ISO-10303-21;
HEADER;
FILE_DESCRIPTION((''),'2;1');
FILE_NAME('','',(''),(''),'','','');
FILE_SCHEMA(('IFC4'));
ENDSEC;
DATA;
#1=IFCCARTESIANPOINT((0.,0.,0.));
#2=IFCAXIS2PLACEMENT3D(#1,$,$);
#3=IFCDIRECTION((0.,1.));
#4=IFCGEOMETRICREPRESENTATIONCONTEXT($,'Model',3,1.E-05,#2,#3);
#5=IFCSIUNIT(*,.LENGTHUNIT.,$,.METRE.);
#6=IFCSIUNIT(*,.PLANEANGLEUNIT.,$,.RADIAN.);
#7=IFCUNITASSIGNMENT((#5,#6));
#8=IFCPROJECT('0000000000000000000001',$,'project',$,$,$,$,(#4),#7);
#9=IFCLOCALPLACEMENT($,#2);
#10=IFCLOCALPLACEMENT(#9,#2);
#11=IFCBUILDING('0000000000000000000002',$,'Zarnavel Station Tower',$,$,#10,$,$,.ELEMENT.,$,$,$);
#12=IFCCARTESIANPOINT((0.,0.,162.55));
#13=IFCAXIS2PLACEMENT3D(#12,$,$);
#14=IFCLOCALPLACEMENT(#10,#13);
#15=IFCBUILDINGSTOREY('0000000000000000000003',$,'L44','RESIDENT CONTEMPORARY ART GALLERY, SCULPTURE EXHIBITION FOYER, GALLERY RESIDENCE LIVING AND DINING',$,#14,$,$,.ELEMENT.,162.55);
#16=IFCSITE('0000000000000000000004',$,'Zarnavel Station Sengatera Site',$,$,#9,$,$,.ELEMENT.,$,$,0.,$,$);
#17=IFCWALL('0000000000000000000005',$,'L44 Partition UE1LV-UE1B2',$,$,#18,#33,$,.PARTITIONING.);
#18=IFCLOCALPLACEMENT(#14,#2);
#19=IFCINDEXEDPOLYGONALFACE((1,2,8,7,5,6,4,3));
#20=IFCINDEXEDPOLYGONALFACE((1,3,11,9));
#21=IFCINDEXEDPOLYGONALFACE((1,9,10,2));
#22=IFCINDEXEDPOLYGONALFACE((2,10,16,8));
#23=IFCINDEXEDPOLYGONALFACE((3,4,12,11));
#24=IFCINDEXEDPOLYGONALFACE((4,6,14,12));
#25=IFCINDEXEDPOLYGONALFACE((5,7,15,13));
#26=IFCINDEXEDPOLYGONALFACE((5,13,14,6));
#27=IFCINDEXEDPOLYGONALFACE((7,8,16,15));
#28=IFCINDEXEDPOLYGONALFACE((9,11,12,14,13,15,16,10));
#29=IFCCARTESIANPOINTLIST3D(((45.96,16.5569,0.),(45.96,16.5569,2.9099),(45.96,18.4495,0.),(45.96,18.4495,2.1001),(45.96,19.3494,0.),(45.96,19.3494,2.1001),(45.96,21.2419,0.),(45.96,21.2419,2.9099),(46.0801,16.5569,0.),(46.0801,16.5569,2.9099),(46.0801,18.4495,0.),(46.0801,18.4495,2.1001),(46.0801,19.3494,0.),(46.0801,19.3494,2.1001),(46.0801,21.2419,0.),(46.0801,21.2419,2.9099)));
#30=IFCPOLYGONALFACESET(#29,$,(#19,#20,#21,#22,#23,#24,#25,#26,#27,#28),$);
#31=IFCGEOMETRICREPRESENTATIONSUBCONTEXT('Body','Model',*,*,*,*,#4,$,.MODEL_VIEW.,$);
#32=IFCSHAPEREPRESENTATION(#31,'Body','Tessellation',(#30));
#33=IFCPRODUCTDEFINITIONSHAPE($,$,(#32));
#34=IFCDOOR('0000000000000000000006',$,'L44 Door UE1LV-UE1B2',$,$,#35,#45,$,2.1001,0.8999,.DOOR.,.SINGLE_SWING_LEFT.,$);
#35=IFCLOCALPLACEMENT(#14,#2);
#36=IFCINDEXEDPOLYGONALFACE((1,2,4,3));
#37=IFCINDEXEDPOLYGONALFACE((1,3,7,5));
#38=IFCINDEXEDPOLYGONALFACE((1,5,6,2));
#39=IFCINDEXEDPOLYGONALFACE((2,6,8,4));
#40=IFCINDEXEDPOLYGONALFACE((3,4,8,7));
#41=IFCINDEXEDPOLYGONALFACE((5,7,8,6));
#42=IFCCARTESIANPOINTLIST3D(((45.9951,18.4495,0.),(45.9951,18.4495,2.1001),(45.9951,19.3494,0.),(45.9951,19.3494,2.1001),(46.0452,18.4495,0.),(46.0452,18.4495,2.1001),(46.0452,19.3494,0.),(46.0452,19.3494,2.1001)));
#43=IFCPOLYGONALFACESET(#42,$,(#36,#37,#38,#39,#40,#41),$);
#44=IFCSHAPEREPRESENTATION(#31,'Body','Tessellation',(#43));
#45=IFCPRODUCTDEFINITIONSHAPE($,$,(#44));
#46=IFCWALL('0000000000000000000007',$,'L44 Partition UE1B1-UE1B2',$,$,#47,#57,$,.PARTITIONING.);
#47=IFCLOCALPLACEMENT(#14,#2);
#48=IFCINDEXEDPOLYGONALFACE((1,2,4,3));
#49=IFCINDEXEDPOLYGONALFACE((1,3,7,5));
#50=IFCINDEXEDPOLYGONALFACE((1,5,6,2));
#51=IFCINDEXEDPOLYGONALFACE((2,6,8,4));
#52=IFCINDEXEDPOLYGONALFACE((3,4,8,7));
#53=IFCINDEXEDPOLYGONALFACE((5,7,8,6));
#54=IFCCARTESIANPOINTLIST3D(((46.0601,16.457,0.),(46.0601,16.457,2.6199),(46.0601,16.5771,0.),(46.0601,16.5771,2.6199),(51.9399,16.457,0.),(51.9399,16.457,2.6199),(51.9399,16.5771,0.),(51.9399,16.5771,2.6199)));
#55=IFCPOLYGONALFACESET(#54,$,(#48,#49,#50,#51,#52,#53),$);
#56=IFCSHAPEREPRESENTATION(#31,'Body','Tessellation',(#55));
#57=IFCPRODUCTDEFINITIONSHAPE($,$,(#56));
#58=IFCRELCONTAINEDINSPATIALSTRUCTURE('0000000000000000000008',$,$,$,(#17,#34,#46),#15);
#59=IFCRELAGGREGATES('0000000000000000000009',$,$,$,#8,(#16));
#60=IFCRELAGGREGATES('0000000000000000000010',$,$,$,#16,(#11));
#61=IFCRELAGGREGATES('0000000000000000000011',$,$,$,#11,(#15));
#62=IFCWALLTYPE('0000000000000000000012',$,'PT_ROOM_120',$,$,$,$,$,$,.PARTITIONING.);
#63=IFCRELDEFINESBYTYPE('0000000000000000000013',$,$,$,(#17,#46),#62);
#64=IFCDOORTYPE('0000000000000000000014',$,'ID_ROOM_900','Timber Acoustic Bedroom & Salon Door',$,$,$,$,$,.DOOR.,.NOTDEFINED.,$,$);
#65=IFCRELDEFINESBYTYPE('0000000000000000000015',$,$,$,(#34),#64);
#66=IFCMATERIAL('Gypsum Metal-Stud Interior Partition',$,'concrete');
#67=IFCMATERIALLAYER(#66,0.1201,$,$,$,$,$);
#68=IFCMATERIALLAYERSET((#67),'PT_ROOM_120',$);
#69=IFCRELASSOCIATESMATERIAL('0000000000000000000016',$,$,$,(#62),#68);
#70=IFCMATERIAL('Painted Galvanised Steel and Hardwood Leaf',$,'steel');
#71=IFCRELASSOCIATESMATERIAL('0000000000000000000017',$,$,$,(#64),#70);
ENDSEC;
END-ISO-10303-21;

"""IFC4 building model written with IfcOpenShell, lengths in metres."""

from ifc_helpers import new_model, si_unit, direction, frame, frame_2d, origin, place, context, subcontext, project, spatial, rectangle, extrude, material, layer, layer_set, type_object, element, fill, save


model = new_model("IFC4")

# Units and contexts
model_context = context("Model", 3, precision=1e-05, world=origin(), true_north=direction((0.0, 1.0)))
body_context = subcontext(model_context, "Body", "Model", "MODEL_VIEW")
ifc_project = project(units=[si_unit("LENGTHUNIT", "METRE"), si_unit("PLANEANGLEUNIT", "RADIAN")], contexts=[model_context])

# Site, building, storey
site_placement = place(None, origin())
site = spatial("IfcSite", under=ifc_project, at=site_placement, Name="Zarnavel Station Sengatera Site", CompositionType="ELEMENT", RefElevation=0.0)
building_placement = place(site_placement, origin())
building = spatial("IfcBuilding", under=site, at=building_placement, Name="Zarnavel Station Tower", CompositionType="ELEMENT")
storey_placement = place(building_placement, frame((0.0, 0.0, 162.55)))
storey = spatial("IfcBuildingStorey", under=building, at=storey_placement, Name="L44", Description="RESIDENT CONTEMPORARY ART GALLERY, SCULPTURE EXHIBITION FOYER, GALLERY RESIDENCE LIVING AND DINING", CompositionType="ELEMENT", Elevation=162.55)

# Wall, opening, door
ifc_material_1 = material(Name="Gypsum Metal-Stud Interior Partition", Category="concrete")
ifc_layer_1 = layer(ifc_material_1, 0.1201)
ifc_layer_set_1 = layer_set([ifc_layer_1], Name="PT_ROOM_120")
wall_type_1 = type_object("IfcWallType", Name="PT_ROOM_120", PredefinedType="PARTITIONING", material=ifc_layer_set_1)
ifc_material_2 = material(Name="Painted Galvanised Steel and Hardwood Leaf", Category="steel")
door_type = type_object("IfcDoorType", Name="ID_ROOM_900", Description="Timber Acoustic Bedroom & Salon Door", OperationType="NOTDEFINED", PredefinedType="DOOR", material=ifc_material_2)
wall_1_placement = place(storey_placement, frame((46.02, 16.5569, 0.0), z_axis=(0.0, 0.0, 1.0), x_axis=(0.0, 1.0, 0.0)))
wall_1 = element("IfcWall", 1, at=wall_1_placement, inside=storey, type_object=wall_type_1, Name="L44 Partition UE1LV-UE1B2", PredefinedType="PARTITIONING", context=body_context, shape_type="SweptSolid", body=[
    extrude(rectangle(XDim=4.6851, YDim=0.1201, at=frame_2d((2.3425, 0.0))), origin(), (0.0, 0.0, 1.0), 2.9099),
])
opening_1_placement = place(wall_1_placement, frame((1.8926, 0.0, 0.0)))
opening_1 = element("IfcOpeningElement", 2, at=opening_1_placement, cuts=wall_1, PredefinedType="OPENING", context=body_context, shape_type="SweptSolid", body=[
    extrude(rectangle(XDim=0.8999, YDim=2.1001, at=frame_2d((0.45, 1.05))), frame((0.0, 0.0701, 0.0), z_axis=(0.0, -1.0, 0.0), x_axis=(1.0, 0.0, 0.0)), (0.0, 0.0, 1.0), 0.1401),
])
door_1_placement = place(opening_1_placement, origin())
door_1 = element("IfcDoor", 3, at=door_1_placement, inside=storey, type_object=door_type, Name="L44 Door UE1LV-UE1B2", OperationType="SINGLE_SWING_LEFT", OverallHeight=2.1001, OverallWidth=0.8999, PredefinedType="DOOR", context=body_context, shape_type="SweptSolid", body=[
    extrude(rectangle(XDim=0.8999, YDim=2.1001, at=frame_2d((0.45, 1.05))), frame((0.0, 0.0249, 0.0), z_axis=(0.0, -1.0, 0.0), x_axis=(1.0, 0.0, 0.0)), (0.0, 0.0, 1.0), 0.05),
])
fill(opening_1, door_1)

# Wall
wall_2_placement = place(storey_placement, frame((46.0601, 16.5171, 0.0), z_axis=(0.0, 0.0, 1.0), x_axis=(1.0, 0.0, 0.0)))
element("IfcWall", 4, at=wall_2_placement, inside=storey, type_object=wall_type_1, Name="L44 Partition UE1B1-UE1B2", PredefinedType="PARTITIONING", context=body_context, shape_type="SweptSolid", body=[
    extrude(rectangle(XDim=5.8799, YDim=0.1201, at=frame_2d((2.9399, 0.0))), origin(), (0.0, 0.0, 1.0), 2.6199),
])

save(model, "model.ifc")
